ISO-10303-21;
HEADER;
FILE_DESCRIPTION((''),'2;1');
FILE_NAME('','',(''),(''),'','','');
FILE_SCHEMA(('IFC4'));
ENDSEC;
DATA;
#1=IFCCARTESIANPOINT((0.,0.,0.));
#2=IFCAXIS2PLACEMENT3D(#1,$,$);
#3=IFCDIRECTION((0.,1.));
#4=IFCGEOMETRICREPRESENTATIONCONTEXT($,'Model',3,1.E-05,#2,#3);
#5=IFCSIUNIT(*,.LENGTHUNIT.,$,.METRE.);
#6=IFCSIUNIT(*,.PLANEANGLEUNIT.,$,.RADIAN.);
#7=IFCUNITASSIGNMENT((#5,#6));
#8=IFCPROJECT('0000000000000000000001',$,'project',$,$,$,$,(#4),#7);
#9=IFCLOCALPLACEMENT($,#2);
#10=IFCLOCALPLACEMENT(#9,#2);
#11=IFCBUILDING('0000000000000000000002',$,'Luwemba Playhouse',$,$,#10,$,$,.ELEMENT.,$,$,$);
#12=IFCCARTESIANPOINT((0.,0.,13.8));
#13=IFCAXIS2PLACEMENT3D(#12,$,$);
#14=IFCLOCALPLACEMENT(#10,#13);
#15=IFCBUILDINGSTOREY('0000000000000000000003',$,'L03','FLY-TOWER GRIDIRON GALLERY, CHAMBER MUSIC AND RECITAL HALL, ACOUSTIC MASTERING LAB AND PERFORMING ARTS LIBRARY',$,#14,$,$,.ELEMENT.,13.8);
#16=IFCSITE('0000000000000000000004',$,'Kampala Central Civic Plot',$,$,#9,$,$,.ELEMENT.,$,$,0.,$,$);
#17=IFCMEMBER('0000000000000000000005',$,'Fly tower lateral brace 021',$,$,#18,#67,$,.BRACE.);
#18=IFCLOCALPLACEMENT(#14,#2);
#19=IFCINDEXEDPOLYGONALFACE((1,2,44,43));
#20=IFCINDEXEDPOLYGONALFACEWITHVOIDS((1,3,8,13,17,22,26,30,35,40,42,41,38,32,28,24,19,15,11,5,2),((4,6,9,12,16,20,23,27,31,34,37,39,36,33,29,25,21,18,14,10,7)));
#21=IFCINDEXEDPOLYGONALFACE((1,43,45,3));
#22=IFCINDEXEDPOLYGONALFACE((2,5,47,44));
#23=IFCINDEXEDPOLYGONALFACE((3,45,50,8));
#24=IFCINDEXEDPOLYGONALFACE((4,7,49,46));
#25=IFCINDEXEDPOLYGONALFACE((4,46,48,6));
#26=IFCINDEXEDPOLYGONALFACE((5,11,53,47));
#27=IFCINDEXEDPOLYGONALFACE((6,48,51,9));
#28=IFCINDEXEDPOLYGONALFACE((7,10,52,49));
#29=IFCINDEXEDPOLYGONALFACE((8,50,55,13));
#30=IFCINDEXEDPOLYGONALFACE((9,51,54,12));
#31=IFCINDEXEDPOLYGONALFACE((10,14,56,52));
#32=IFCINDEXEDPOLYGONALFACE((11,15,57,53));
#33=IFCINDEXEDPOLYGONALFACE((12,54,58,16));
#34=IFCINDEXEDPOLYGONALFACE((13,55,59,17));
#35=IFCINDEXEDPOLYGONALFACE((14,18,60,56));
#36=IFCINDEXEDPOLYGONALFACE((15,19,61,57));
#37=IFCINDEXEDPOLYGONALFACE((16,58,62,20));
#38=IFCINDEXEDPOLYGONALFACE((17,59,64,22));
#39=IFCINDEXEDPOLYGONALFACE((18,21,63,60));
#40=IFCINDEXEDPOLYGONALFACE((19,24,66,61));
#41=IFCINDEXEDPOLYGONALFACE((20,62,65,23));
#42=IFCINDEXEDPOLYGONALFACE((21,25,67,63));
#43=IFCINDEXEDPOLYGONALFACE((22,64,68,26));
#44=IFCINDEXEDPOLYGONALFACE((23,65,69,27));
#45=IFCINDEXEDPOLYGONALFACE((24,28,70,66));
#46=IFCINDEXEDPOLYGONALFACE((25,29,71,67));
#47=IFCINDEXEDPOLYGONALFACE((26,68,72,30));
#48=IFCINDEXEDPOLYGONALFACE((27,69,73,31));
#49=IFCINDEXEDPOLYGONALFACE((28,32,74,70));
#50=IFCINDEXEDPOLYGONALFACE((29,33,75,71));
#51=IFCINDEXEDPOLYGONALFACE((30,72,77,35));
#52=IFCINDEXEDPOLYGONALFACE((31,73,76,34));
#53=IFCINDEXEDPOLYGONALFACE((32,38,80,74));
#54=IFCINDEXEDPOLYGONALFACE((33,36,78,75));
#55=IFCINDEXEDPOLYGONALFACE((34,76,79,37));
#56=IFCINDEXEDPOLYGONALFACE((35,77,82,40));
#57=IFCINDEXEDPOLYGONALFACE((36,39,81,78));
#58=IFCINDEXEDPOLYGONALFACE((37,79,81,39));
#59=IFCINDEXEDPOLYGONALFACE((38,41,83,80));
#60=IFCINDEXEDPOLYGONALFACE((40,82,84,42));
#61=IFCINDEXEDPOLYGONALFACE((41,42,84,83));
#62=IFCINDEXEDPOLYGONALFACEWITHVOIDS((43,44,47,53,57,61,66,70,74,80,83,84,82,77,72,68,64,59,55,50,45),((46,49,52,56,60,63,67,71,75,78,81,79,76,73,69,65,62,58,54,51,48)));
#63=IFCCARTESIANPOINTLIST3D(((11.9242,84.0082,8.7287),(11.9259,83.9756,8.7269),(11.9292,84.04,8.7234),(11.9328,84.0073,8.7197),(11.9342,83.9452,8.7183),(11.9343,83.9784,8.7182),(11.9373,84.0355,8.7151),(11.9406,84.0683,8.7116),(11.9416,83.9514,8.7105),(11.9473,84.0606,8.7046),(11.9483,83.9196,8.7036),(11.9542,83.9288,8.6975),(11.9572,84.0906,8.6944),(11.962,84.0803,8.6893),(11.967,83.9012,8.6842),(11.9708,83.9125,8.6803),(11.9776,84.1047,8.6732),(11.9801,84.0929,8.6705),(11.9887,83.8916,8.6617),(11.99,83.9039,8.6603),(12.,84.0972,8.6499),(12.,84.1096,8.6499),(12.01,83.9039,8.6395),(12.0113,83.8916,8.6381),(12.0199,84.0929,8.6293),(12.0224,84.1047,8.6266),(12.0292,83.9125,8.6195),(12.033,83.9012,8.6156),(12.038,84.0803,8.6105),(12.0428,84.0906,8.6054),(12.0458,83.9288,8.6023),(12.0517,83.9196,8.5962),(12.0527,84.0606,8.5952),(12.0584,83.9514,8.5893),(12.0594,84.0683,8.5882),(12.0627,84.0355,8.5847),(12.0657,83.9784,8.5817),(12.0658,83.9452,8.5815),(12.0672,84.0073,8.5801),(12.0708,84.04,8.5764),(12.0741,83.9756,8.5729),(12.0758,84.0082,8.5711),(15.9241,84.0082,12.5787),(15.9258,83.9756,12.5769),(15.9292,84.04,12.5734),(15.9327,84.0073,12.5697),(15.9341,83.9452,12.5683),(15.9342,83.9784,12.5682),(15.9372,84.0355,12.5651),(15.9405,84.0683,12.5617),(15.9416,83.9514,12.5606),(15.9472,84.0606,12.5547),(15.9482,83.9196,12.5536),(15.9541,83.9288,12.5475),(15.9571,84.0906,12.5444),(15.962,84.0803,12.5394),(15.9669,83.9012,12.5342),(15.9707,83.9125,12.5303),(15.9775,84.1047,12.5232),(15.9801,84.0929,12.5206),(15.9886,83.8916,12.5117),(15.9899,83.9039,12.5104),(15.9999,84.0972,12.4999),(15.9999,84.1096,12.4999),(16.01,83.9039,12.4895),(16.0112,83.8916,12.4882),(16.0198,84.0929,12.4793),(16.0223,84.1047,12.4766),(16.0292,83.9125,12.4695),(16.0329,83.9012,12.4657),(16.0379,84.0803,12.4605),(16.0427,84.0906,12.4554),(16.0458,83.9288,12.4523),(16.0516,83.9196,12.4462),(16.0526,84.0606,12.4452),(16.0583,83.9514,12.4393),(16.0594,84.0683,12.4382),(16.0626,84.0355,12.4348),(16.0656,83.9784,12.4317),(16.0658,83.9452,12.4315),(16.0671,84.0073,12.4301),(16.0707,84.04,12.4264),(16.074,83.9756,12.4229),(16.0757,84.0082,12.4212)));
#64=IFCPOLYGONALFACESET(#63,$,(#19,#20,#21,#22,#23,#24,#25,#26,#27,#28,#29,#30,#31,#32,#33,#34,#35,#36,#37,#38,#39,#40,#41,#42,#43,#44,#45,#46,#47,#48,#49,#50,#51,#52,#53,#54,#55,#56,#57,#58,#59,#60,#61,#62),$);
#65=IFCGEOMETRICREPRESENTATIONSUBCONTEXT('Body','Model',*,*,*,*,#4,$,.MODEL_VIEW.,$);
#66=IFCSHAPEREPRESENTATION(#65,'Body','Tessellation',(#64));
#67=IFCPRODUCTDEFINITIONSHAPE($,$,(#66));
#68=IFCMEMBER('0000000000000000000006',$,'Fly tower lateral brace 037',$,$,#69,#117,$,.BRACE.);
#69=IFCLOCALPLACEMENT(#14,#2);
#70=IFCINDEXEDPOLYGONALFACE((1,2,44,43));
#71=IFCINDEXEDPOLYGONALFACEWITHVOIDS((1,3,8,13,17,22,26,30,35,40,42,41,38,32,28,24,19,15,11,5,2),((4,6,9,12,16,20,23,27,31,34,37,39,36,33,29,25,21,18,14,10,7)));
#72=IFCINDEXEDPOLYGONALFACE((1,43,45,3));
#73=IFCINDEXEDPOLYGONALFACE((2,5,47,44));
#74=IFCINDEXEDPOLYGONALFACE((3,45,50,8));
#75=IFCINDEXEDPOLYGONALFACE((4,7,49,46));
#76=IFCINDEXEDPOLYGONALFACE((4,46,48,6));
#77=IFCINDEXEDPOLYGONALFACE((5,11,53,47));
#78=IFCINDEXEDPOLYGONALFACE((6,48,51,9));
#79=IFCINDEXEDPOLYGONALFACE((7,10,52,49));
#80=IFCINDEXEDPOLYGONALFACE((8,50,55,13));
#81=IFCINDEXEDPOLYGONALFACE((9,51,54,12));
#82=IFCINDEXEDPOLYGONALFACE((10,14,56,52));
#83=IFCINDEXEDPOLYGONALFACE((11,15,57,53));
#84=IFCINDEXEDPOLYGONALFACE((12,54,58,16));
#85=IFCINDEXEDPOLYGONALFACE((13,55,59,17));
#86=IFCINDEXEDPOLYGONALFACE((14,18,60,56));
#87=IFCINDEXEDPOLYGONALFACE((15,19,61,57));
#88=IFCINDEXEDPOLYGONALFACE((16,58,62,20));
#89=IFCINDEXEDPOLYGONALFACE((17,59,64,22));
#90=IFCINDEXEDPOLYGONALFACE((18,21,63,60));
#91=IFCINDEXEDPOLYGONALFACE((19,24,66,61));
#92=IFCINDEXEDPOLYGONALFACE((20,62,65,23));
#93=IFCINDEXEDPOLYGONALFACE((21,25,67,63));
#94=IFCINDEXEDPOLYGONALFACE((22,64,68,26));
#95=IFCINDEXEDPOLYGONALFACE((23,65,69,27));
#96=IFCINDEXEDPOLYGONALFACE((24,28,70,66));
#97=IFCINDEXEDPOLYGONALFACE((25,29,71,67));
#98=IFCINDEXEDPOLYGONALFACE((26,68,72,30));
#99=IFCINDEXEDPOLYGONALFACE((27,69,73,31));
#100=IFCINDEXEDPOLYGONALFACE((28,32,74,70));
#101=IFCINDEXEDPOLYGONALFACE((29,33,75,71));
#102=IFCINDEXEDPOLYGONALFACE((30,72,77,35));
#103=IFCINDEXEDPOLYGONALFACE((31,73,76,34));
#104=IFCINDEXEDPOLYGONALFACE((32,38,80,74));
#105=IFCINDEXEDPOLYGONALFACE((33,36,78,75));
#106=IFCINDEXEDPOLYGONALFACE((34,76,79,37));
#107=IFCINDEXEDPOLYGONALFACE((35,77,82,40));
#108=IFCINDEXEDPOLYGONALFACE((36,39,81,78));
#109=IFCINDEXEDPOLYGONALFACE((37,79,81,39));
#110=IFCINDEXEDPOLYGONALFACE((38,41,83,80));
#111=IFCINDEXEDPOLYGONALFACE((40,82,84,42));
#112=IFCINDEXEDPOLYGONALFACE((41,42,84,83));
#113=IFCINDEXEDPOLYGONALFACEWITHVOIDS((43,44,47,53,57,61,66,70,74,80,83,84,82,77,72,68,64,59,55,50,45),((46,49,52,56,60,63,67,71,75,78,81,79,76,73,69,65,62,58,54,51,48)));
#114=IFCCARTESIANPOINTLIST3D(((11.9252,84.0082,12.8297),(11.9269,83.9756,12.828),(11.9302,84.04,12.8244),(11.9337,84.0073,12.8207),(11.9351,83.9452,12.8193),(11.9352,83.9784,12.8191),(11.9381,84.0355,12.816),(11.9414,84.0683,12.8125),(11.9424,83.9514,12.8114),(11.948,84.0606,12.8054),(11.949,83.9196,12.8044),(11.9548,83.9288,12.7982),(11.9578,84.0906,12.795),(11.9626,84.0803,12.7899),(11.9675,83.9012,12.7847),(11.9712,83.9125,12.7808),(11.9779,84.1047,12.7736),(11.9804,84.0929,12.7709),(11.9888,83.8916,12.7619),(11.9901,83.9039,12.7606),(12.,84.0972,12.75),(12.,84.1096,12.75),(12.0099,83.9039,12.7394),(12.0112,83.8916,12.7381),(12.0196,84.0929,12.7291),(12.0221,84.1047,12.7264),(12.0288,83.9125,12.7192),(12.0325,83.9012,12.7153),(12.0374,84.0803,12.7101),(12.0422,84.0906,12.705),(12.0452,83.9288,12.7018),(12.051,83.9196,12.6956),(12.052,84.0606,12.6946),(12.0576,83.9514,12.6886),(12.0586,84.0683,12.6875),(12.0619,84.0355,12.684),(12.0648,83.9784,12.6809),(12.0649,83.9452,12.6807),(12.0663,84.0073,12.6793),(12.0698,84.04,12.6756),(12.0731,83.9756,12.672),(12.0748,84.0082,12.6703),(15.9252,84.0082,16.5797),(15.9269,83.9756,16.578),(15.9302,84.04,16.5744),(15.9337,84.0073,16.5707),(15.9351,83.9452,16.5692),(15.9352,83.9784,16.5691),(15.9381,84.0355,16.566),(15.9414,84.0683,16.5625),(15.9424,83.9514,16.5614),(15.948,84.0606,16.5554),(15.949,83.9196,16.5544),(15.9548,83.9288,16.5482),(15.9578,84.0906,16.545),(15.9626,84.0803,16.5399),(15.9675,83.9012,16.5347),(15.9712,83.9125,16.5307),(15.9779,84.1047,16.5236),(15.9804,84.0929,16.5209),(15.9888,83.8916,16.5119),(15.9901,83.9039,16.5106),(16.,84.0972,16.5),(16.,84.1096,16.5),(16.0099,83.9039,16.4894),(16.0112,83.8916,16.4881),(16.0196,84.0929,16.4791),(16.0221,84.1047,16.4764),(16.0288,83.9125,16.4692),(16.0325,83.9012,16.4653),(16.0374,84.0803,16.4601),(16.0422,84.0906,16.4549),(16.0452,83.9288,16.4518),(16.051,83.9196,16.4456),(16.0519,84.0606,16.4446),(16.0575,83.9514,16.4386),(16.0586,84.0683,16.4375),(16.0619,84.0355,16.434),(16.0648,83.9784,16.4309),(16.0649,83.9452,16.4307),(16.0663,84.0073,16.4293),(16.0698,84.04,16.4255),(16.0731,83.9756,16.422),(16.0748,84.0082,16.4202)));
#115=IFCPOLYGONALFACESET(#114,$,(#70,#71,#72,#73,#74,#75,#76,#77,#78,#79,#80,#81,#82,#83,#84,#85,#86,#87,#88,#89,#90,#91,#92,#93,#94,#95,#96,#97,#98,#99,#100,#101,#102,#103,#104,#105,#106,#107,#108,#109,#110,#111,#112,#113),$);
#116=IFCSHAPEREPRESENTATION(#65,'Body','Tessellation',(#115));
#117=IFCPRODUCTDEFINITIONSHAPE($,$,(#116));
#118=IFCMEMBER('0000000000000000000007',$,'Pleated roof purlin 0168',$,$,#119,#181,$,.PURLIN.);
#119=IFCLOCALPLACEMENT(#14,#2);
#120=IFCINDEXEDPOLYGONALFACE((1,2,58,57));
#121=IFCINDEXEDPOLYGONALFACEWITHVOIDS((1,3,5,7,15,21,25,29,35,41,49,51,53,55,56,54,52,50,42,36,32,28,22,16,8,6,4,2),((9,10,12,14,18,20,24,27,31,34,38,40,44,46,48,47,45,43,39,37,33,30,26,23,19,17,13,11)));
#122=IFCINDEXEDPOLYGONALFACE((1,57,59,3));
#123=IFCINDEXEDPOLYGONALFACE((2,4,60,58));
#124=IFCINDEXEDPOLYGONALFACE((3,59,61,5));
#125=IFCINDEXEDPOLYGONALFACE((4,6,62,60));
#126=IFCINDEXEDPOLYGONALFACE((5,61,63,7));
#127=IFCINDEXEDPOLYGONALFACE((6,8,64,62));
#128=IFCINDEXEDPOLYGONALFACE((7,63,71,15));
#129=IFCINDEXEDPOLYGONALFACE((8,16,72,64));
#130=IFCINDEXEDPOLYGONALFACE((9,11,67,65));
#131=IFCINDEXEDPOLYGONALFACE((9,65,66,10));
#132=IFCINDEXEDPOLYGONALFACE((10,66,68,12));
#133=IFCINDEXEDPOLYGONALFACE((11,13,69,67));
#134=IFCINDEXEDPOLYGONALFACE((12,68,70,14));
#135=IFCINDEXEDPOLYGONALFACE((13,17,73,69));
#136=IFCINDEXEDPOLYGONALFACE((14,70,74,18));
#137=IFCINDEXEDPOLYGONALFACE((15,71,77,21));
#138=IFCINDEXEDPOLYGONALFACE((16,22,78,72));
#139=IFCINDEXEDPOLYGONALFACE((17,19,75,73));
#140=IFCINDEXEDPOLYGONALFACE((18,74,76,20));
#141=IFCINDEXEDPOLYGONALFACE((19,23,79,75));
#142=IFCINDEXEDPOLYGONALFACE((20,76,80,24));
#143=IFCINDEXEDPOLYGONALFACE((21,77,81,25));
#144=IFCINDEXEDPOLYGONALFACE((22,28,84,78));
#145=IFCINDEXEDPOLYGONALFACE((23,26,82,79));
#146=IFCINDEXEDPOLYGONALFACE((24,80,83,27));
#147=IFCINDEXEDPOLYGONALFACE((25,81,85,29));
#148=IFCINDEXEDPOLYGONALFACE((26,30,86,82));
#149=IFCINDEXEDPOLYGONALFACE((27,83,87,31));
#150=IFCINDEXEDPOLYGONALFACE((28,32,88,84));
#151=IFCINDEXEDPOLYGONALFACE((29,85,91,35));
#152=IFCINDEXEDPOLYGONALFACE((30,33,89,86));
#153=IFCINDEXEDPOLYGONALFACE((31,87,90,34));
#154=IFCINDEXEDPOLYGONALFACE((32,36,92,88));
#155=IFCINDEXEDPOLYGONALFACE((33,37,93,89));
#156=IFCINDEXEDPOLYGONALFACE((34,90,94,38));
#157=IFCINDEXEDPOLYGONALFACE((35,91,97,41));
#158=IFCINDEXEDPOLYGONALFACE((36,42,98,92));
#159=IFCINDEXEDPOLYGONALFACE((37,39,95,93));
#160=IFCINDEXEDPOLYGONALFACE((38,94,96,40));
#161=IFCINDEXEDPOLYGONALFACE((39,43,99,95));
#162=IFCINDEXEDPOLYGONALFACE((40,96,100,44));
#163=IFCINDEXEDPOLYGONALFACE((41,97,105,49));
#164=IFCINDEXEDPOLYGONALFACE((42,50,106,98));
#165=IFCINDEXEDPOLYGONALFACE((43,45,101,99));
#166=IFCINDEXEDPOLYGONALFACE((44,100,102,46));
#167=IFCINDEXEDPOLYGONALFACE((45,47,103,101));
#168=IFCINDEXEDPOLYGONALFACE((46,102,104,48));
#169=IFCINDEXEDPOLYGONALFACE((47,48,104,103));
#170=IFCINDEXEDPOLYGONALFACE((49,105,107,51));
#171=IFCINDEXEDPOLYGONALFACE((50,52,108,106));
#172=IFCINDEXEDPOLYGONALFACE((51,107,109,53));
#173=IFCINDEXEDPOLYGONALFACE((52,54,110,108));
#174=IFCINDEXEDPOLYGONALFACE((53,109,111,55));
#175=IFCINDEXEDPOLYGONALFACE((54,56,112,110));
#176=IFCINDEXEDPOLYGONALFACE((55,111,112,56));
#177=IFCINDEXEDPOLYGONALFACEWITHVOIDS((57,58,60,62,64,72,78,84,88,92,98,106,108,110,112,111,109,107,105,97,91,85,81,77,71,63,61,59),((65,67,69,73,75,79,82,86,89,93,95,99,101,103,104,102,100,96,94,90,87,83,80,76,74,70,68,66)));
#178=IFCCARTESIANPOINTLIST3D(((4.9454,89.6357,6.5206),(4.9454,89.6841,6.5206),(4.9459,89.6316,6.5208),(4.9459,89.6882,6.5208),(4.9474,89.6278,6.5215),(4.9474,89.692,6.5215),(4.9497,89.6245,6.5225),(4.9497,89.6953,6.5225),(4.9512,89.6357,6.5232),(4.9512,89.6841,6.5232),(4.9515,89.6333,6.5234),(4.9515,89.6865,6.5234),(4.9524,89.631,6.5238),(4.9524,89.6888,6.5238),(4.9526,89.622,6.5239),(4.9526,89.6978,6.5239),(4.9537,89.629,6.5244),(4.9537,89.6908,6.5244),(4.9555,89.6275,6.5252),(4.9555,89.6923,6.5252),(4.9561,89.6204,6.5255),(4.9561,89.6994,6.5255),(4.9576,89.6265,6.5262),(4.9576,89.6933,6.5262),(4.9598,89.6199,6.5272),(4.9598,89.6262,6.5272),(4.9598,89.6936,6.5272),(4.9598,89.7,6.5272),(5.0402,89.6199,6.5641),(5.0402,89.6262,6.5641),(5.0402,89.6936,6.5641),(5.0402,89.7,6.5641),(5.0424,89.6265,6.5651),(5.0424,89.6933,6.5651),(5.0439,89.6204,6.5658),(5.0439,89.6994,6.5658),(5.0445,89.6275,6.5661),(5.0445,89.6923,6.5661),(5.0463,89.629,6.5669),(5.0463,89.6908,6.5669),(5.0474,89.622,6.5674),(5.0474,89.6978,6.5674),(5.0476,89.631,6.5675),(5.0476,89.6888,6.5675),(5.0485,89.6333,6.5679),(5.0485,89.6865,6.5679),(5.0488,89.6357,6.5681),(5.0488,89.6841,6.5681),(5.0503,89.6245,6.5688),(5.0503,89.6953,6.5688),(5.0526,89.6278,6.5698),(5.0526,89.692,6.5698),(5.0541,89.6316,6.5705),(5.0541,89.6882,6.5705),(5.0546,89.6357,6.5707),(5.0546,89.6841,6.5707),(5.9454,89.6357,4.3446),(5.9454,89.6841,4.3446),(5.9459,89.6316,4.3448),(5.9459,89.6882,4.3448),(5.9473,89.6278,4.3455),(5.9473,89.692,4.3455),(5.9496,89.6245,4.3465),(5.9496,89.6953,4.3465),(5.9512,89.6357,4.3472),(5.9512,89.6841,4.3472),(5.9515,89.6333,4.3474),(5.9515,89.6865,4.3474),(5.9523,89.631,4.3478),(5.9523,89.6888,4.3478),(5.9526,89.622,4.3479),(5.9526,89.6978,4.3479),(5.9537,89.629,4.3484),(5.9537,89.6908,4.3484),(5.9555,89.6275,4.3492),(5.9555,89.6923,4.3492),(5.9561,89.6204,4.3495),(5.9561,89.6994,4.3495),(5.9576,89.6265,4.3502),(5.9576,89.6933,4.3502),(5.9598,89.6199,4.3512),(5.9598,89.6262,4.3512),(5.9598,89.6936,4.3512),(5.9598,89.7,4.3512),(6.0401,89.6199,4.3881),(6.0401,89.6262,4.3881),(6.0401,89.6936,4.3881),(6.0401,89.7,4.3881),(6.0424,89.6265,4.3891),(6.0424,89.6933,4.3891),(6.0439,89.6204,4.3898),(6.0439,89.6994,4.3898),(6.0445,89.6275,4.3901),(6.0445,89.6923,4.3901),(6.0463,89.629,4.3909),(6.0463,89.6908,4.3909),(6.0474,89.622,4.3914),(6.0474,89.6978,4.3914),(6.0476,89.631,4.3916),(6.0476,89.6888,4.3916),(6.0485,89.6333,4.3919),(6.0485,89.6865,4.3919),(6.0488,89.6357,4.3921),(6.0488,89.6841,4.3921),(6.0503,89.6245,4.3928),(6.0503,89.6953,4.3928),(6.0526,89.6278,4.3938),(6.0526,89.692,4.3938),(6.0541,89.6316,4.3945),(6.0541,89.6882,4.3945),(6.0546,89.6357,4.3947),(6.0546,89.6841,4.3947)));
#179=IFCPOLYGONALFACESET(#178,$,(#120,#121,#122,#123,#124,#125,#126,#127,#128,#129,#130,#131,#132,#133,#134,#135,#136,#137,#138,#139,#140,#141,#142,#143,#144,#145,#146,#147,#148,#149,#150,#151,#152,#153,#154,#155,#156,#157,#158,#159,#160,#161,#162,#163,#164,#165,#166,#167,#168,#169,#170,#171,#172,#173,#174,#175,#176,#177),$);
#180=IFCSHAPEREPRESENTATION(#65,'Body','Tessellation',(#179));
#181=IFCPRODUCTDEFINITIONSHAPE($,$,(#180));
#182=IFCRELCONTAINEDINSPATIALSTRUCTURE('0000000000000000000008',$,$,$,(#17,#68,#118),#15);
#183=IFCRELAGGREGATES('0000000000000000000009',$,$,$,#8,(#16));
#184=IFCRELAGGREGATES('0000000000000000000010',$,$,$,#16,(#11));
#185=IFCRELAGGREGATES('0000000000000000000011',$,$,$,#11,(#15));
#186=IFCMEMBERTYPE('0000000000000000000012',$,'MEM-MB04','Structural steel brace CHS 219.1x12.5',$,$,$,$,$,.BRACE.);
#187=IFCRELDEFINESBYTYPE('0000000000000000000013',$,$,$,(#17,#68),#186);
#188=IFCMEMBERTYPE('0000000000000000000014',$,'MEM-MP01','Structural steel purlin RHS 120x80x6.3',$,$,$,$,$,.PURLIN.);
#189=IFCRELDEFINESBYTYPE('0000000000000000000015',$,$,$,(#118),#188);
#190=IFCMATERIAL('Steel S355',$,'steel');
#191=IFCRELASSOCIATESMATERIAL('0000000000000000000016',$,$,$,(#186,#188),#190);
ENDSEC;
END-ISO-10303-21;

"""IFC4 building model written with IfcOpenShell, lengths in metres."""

from ifc_helpers import new_model, si_unit, direction, frame, origin, origin_2d, place, context, subcontext, project, spatial, hollow_rectangle, hollow_circle, extrude, material, material_profile, profile_set, type_object, element, save


model = new_model("IFC4")

# Units and contexts
model_context = context("Model", 3, precision=1e-05, world=origin(), true_north=direction((0.0, 1.0)))
body_context = subcontext(model_context, "Body", "Model", "MODEL_VIEW")
ifc_project = project(units=[si_unit("LENGTHUNIT", "METRE"), si_unit("PLANEANGLEUNIT", "RADIAN")], contexts=[model_context])

# Site, building, storey
site_placement = place(None, origin())
site = spatial("IfcSite", under=ifc_project, at=site_placement, Name="Kampala Central Civic Plot", CompositionType="ELEMENT", RefElevation=0.0)
building_placement = place(site_placement, origin())
building = spatial("IfcBuilding", under=site, at=building_placement, Name="Luwemba Playhouse", CompositionType="ELEMENT")
storey_placement = place(building_placement, frame((0.0, 0.0, 13.8)))
storey = spatial("IfcBuildingStorey", under=building, at=storey_placement, Name="L03", Description="FLY-TOWER GRIDIRON GALLERY, CHAMBER MUSIC AND RECITAL HALL, ACOUSTIC MASTERING LAB AND PERFORMING ARTS LIBRARY", CompositionType="ELEMENT", Elevation=13.8)

# Shared definitions
ifc_material_1 = material(Name="Steel S355", Category="steel")

# Members
ifc_material_profile_1 = material_profile(ifc_material_1, hollow_circle(Radius=0.1096, WallThickness=0.0125, at=origin_2d()))
ifc_profile_set_1 = profile_set([ifc_material_profile_1], Name="Steel S355")
member_type_1 = type_object("IfcMemberType", Name="MEM-MB04", Description="Structural steel brace CHS 219.1x12.5", PredefinedType="BRACE", material=ifc_profile_set_1)
member_1_placement = place(storey_placement, frame((12.0, 84.0, 8.6499), z_axis=(0.720478, 0.0, 0.693478), x_axis=(0.0, 1.0, 0.0)))
element("IfcMember", 1, at=member_1_placement, inside=storey, type_object=member_type_1, Name="Fly tower lateral brace 021", PredefinedType="BRACE", context=body_context, shape_type="SweptSolid", body=[
    extrude(hollow_circle(Radius=0.1096, WallThickness=0.0125, at=origin_2d()), origin(), (0.0, 0.0, 1.0), 5.5518),
])
member_2_placement = place(storey_placement, frame((12.0, 84.0, 12.75), z_axis=(0.729537, 0.0, 0.683941), x_axis=(0.0, 1.0, 0.0)))
element("IfcMember", 2, at=member_2_placement, inside=storey, type_object=member_type_1, Name="Fly tower lateral brace 037", PredefinedType="BRACE", context=body_context, shape_type="SweptSolid", body=[
    extrude(hollow_circle(Radius=0.1096, WallThickness=0.0125, at=origin_2d()), origin(), (0.0, 0.0, 1.0), 5.4829),
])
ifc_material_profile_2 = material_profile(ifc_material_1, hollow_rectangle(XDim=0.0801, YDim=0.1201, WallThickness=0.0063, InnerFilletRadius=0.0095, OuterFilletRadius=0.0159, at=origin_2d()))
ifc_profile_set_2 = profile_set([ifc_material_profile_2], Name="Steel S355")
member_type_2 = type_object("IfcMemberType", Name="MEM-MP01", Description="Structural steel purlin RHS 120x80x6.3", PredefinedType="PURLIN", material=ifc_profile_set_2)
for number, where, z_axis, x_axis, name in (
    (3, (5.0, 89.6599, 6.5457), (0.417571, 0.0, -0.908644), (0.0, 1.0, 0.0), "Pleated roof purlin 0168"),
):
    element("IfcMember", number, at=place(storey_placement, frame(where, z_axis=z_axis, x_axis=x_axis)), inside=storey, type_object=member_type_2, Name=name, PredefinedType="PURLIN", context=body_context, shape_type="SweptSolid", body=[
        extrude(hollow_rectangle(XDim=0.0801, YDim=0.1201, WallThickness=0.0063, InnerFilletRadius=0.0095, OuterFilletRadius=0.0159, at=origin_2d()), origin(), (0.0, 0.0, 1.0), 2.3948),
    ])

save(model, "model.ifc")
